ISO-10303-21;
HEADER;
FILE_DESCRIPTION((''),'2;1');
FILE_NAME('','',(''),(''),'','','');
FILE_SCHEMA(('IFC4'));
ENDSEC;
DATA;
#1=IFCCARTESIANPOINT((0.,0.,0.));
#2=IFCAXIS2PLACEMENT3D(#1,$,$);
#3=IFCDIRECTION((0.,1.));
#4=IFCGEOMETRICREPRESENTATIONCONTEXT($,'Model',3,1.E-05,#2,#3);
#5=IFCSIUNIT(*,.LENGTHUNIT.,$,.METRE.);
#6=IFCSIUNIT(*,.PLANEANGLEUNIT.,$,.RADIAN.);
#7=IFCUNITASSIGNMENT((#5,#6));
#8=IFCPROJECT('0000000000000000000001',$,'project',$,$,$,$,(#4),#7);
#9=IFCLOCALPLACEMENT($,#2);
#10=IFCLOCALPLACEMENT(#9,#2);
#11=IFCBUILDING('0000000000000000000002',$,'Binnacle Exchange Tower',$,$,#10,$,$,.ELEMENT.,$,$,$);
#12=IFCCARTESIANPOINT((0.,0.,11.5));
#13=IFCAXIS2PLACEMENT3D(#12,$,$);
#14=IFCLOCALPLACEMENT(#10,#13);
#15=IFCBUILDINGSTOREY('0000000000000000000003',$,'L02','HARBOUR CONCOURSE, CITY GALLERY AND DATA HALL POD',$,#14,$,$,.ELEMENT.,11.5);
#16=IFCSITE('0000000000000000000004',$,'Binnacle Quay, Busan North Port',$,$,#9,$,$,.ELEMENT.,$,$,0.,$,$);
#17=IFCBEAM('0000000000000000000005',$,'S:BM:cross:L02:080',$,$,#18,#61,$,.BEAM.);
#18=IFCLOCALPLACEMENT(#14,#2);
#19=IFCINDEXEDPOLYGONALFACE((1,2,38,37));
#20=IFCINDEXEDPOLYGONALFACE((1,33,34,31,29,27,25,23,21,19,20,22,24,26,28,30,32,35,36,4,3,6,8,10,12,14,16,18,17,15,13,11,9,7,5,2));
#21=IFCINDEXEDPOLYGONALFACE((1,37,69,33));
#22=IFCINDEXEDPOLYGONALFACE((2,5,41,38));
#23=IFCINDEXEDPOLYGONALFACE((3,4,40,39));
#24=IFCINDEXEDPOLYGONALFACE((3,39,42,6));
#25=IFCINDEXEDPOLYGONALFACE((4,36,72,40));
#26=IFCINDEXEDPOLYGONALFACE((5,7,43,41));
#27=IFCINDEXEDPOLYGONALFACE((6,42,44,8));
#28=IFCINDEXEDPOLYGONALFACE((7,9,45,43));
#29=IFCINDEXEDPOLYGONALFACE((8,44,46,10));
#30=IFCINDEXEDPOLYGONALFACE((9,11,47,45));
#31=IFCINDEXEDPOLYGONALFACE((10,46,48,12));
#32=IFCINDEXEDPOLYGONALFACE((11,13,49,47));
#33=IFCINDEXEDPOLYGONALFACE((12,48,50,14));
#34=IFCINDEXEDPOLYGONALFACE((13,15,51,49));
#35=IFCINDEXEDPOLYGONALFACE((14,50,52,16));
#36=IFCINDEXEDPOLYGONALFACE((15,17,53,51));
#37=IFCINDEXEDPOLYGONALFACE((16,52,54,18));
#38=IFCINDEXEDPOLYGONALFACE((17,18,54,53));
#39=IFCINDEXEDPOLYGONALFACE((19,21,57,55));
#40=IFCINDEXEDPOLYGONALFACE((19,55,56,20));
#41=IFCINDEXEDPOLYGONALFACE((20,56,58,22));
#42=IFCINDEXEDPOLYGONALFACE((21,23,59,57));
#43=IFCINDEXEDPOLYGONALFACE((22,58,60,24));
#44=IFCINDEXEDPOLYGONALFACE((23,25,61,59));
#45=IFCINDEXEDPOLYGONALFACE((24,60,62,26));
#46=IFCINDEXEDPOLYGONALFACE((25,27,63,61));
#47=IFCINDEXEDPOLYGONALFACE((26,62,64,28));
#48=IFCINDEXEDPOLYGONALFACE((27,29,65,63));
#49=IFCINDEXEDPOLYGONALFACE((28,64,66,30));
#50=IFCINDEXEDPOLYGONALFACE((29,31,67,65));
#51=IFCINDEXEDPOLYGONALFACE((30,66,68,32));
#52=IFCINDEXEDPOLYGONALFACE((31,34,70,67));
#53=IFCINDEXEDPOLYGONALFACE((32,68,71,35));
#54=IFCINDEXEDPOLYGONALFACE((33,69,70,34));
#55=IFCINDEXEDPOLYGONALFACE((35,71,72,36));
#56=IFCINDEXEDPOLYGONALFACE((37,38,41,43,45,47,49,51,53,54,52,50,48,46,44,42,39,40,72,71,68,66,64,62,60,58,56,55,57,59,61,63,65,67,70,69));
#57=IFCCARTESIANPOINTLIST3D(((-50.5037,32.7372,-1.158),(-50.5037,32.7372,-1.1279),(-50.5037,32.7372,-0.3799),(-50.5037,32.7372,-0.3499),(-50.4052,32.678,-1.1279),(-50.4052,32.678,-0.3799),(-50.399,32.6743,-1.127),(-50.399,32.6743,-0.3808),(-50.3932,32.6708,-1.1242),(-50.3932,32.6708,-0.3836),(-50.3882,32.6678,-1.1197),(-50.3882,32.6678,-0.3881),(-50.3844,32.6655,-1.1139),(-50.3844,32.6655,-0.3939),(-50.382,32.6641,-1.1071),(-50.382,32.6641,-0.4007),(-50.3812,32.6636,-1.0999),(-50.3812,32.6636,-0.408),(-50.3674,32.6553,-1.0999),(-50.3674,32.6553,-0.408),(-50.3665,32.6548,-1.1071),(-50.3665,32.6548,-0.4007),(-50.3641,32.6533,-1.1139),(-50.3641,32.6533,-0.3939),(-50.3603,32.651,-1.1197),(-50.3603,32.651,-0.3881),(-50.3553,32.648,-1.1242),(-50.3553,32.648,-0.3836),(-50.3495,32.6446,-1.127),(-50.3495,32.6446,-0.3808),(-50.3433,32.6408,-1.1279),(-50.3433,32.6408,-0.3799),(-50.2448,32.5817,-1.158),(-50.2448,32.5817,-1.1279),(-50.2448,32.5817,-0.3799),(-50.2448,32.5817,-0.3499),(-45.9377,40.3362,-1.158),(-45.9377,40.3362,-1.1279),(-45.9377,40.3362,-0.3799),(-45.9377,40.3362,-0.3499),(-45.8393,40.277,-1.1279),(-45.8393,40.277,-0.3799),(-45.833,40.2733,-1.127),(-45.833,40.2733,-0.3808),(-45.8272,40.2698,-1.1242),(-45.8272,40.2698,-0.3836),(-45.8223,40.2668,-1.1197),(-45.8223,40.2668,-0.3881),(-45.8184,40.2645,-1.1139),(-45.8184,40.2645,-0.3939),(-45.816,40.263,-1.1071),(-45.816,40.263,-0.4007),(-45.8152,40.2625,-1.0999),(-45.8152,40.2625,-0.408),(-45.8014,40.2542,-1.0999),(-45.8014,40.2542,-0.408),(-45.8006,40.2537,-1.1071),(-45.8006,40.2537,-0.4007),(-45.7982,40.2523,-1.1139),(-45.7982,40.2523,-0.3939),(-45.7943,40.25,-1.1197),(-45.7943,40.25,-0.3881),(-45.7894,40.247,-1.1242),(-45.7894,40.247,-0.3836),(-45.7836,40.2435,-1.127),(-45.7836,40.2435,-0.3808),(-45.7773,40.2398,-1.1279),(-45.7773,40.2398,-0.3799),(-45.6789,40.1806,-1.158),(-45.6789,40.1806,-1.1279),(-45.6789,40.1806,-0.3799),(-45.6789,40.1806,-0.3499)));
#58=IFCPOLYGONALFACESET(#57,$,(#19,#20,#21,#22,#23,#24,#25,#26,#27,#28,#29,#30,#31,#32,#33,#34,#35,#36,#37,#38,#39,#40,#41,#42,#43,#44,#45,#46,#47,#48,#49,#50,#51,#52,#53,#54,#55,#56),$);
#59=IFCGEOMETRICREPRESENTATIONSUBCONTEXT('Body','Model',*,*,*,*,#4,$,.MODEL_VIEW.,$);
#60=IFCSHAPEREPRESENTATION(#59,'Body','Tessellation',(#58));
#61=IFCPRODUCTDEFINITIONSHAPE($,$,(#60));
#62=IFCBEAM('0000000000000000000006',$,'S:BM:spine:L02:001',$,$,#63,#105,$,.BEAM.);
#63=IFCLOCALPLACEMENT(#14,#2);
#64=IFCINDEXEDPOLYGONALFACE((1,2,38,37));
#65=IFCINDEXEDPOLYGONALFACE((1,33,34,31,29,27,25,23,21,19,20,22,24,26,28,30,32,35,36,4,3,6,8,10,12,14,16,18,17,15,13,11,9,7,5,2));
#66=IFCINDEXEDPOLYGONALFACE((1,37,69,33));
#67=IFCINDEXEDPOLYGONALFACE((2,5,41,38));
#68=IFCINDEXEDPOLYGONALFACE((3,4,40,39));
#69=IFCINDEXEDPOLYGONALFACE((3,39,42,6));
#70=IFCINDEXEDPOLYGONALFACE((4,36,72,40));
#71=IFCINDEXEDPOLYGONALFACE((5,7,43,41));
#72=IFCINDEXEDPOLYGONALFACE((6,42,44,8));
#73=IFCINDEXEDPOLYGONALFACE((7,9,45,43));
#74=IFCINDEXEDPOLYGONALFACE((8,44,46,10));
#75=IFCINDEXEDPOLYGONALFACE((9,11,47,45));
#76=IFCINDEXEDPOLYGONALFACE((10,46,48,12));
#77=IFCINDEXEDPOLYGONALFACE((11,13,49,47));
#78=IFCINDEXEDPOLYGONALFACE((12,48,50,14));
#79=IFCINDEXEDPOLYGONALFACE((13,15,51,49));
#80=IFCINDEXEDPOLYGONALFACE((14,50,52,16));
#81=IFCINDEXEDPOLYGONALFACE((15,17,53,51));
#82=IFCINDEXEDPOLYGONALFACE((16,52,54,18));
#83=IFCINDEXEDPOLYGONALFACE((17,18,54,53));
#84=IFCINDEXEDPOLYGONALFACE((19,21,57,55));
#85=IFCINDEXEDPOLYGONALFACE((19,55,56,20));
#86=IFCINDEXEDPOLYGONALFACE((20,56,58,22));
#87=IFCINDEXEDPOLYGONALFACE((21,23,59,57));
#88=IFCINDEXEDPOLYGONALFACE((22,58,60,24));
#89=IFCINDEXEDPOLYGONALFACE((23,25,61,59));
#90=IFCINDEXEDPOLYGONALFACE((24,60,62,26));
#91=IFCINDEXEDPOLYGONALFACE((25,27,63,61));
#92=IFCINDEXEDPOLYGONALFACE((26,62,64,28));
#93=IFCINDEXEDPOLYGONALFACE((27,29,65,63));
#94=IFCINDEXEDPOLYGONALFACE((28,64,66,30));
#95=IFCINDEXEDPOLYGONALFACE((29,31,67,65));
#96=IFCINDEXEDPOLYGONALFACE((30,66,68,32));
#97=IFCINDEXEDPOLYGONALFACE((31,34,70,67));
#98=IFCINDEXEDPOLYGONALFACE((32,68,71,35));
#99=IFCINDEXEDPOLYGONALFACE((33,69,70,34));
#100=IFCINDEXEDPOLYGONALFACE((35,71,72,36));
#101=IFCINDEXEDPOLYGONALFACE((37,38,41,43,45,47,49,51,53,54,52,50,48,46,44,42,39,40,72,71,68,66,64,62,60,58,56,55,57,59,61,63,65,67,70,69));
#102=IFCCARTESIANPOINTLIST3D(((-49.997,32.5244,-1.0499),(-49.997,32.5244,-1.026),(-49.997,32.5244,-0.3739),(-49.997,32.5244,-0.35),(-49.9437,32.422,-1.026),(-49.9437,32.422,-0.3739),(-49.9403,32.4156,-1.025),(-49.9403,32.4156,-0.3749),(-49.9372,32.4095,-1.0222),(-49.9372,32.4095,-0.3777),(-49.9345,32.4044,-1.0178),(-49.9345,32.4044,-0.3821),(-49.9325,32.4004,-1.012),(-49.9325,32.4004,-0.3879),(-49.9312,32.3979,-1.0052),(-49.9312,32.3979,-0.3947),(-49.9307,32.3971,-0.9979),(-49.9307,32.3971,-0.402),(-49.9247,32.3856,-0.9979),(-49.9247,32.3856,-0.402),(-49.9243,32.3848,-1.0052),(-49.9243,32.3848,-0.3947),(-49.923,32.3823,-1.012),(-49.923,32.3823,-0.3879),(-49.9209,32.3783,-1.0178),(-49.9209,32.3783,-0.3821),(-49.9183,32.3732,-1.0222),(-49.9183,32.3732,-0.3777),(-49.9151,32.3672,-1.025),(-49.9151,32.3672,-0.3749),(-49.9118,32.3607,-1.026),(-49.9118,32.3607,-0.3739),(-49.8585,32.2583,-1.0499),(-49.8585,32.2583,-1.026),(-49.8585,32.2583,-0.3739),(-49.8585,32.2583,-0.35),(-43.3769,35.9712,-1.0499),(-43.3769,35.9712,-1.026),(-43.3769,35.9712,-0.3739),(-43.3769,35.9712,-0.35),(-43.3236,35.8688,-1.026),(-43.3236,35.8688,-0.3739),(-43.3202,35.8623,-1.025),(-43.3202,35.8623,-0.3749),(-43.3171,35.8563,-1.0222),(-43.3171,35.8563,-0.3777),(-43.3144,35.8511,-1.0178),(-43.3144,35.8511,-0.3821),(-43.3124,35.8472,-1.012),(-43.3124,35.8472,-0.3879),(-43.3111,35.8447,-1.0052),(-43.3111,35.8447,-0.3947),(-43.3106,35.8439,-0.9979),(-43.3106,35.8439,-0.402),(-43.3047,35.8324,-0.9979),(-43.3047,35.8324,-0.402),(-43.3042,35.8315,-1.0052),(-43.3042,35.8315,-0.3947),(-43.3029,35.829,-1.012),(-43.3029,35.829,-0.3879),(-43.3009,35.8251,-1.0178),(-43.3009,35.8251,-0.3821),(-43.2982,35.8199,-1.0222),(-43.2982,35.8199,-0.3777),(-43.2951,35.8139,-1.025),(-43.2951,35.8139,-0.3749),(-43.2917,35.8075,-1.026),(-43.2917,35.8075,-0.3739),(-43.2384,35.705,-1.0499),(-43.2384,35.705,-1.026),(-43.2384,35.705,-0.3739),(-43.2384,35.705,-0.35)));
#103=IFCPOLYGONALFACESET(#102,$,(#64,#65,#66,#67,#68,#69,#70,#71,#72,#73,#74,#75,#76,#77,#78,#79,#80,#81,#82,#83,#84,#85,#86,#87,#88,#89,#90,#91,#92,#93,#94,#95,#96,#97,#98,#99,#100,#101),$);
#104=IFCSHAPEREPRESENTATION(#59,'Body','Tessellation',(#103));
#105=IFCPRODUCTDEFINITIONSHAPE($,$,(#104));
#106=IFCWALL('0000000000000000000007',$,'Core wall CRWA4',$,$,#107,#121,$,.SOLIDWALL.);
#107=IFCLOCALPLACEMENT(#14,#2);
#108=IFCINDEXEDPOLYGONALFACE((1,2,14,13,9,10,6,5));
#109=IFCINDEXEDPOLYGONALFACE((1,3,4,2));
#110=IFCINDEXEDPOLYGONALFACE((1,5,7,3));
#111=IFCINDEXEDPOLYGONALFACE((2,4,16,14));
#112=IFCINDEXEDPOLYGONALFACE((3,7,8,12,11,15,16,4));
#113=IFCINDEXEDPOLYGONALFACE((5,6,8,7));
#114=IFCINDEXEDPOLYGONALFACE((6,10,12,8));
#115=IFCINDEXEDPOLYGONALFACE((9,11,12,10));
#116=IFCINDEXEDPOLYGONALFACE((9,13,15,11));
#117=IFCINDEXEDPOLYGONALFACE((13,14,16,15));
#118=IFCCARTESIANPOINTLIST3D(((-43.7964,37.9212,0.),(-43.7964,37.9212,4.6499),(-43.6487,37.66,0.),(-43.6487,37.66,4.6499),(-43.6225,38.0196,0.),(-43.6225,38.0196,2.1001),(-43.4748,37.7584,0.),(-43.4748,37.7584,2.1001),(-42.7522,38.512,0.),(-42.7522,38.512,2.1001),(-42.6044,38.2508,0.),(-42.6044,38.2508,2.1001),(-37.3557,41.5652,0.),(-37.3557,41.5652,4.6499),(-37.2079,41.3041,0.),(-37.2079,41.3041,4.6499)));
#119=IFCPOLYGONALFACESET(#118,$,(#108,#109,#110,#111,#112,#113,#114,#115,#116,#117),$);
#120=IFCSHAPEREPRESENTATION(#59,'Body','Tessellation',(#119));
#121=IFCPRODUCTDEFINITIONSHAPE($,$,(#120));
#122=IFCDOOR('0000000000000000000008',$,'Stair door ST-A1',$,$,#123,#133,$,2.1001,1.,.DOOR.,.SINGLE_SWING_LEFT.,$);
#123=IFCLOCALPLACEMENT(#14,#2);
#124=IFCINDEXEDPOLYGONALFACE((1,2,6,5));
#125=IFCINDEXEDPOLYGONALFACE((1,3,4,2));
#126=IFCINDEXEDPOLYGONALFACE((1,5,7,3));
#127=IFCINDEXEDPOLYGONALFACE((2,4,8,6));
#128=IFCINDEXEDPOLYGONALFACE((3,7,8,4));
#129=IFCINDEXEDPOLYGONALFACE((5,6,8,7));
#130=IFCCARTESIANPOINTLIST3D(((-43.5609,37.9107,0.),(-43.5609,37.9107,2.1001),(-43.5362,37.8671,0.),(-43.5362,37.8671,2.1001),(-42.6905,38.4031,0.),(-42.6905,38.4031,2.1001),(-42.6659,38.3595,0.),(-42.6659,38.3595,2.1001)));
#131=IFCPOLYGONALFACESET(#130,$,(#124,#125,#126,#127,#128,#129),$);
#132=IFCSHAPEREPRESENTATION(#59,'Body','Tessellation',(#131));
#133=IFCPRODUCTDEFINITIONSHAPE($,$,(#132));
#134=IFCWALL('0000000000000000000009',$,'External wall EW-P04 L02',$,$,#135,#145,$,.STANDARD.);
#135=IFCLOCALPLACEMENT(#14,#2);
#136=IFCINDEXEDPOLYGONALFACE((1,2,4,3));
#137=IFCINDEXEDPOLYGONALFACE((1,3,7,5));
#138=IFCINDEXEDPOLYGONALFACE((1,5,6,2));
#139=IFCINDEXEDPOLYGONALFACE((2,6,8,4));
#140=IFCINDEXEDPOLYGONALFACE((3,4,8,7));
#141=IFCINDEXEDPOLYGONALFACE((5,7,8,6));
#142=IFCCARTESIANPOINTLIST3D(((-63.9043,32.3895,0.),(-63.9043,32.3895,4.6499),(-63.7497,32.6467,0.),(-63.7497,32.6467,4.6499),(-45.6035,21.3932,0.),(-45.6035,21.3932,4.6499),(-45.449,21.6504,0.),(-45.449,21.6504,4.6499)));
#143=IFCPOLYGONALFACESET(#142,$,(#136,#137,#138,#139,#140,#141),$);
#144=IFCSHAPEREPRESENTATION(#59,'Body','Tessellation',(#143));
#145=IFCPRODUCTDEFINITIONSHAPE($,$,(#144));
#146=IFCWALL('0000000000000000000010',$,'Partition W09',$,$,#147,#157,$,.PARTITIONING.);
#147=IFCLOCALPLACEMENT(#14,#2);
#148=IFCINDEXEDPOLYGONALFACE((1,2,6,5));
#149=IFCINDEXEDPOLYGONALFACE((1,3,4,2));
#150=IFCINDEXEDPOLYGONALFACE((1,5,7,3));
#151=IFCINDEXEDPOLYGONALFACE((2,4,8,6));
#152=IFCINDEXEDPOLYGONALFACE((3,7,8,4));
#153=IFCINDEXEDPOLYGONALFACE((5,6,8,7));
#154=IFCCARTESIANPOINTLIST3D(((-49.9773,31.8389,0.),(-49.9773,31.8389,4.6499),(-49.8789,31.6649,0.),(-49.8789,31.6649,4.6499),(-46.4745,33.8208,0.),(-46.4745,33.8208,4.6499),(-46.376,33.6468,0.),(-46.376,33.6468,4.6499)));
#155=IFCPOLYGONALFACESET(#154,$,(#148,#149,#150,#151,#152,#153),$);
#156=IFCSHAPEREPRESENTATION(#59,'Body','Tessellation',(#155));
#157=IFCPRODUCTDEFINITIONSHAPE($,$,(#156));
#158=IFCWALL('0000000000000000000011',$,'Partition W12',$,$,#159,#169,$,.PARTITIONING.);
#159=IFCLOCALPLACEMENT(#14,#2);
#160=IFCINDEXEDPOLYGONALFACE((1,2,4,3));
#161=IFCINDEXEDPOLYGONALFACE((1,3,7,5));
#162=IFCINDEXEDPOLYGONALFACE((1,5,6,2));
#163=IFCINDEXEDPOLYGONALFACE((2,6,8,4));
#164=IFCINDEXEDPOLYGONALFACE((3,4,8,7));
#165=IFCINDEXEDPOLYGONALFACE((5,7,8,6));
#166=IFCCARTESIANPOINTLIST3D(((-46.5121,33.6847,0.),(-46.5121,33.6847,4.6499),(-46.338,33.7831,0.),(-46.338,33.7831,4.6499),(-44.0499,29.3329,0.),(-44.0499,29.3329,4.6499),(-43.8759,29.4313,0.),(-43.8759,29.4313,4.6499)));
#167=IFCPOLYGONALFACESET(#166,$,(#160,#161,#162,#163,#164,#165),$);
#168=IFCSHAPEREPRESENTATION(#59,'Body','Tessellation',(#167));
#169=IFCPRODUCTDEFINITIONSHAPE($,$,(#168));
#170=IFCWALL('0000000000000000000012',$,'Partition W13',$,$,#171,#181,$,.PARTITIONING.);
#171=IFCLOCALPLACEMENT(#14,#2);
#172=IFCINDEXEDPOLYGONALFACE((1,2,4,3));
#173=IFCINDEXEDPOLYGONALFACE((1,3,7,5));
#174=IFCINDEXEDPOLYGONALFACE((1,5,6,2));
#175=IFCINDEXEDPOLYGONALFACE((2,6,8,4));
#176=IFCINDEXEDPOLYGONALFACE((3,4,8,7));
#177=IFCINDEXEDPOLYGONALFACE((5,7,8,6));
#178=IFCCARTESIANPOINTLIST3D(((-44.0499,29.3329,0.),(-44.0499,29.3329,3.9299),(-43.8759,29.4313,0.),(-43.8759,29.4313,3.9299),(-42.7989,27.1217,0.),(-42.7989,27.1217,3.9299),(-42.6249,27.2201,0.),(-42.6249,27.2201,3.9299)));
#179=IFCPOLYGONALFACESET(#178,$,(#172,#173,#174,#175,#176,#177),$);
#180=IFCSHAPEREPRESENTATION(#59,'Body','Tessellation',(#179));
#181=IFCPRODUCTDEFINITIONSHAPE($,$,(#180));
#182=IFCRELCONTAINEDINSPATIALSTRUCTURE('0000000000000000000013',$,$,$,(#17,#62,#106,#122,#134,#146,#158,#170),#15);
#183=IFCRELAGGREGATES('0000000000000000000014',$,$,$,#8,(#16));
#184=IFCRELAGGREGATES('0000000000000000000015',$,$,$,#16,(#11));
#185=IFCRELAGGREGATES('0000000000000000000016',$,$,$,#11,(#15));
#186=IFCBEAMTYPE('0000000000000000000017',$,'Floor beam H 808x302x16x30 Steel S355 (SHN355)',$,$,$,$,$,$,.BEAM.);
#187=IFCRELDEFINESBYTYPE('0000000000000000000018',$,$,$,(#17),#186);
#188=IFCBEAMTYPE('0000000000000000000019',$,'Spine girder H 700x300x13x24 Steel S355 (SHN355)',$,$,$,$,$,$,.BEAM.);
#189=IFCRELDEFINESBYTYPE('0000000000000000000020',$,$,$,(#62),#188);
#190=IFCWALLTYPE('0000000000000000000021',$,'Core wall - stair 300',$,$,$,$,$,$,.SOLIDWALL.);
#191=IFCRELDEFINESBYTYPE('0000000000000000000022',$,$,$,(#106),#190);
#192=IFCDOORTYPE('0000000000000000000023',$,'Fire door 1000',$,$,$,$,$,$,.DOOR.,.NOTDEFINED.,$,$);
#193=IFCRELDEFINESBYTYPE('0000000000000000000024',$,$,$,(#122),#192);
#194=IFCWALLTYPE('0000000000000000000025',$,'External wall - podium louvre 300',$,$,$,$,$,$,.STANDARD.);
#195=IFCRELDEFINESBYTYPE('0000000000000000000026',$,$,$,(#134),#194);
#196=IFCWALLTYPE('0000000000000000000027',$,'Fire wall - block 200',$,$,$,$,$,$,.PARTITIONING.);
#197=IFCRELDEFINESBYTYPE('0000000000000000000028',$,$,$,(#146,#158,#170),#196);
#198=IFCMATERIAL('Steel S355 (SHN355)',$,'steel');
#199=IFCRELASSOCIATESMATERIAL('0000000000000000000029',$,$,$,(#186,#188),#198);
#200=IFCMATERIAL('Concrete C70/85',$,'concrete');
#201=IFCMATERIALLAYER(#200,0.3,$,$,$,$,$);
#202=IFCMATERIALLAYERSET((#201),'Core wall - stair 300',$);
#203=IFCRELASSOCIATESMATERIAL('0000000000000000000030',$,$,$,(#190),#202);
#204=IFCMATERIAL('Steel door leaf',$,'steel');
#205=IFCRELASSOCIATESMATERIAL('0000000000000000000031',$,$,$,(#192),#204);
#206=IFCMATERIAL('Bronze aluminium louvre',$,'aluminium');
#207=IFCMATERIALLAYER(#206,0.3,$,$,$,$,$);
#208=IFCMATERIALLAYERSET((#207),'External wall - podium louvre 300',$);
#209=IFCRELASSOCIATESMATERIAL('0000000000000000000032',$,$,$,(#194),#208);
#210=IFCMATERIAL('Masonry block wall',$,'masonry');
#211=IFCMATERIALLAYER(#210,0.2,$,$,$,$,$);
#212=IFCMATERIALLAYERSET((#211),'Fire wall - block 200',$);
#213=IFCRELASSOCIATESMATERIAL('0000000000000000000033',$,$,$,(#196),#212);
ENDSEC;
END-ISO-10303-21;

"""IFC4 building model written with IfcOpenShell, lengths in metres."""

from ifc_helpers import new_model, si_unit, direction, frame, frame_2d, origin, origin_2d, place, context, subcontext, project, spatial, rectangle, i_section, extrude, material, layer, layer_set, material_profile, profile_set, type_object, element, fill, save


model = new_model("IFC4")

# Units and contexts
model_context = context("Model", 3, precision=1e-05, world=origin(), true_north=direction((0.0, 1.0)))
body_context = subcontext(model_context, "Body", "Model", "MODEL_VIEW")
ifc_project = project(units=[si_unit("LENGTHUNIT", "METRE"), si_unit("PLANEANGLEUNIT", "RADIAN")], contexts=[model_context])

# Site, building, storey
site_placement = place(None, origin())
site = spatial("IfcSite", under=ifc_project, at=site_placement, Name="Binnacle Quay, Busan North Port", CompositionType="ELEMENT", RefElevation=0.0)
building_placement = place(site_placement, origin())
building = spatial("IfcBuilding", under=site, at=building_placement, Name="Binnacle Exchange Tower", CompositionType="ELEMENT")
storey_placement = place(building_placement, frame((0.0, 0.0, 11.5)))
storey = spatial("IfcBuildingStorey", under=building, at=storey_placement, Name="L02", Description="HARBOUR CONCOURSE, CITY GALLERY AND DATA HALL POD", CompositionType="ELEMENT", Elevation=11.5)

# Shared definitions
ifc_material_1 = material(Name="Concrete C70/85", Category="concrete")

# Beams
ifc_material_2 = material(Name="Steel S355 (SHN355)", Category="steel")
ifc_material_profile_1 = material_profile(ifc_material_2, i_section(OverallWidth=0.302, OverallDepth=0.8081, WebThickness=0.0161, FlangeThickness=0.03, FilletRadius=0.0281, at=origin_2d()), Name="H 808x302x16x30")
ifc_profile_set_1 = profile_set([ifc_material_profile_1], Name="Steel S355 (SHN355)")
beam_type_1 = type_object("IfcBeamType", Name="Floor beam H 808x302x16x30 Steel S355 (SHN355)", PredefinedType="BEAM", material=ifc_profile_set_1)
beam_1_placement = place(storey_placement, frame((-50.3743, 32.6594, -0.7539), z_axis=(0.515042, 0.857165, 0.0), x_axis=(-0.857165, 0.515042, 0.0)))
element("IfcBeam", 1, at=beam_1_placement, inside=storey, type_object=beam_type_1, Name="S:BM:cross:L02:080", PredefinedType="BEAM", context=body_context, shape_type="SweptSolid", body=[
    extrude(i_section(OverallWidth=0.302, OverallDepth=0.8081, WebThickness=0.0161, FlangeThickness=0.03, FilletRadius=0.0281, at=origin_2d()), origin(), (0.0, 0.0, 1.0), 8.8652),
])
ifc_material_profile_2 = material_profile(ifc_material_2, i_section(OverallWidth=0.3, OverallDepth=0.7, WebThickness=0.0129, FlangeThickness=0.0239, FilletRadius=0.0281, at=origin_2d()), Name="H 700x300x13x24")
ifc_profile_set_2 = profile_set([ifc_material_profile_2], Name="Steel S355 (SHN355)")
beam_type_2 = type_object("IfcBeamType", Name="Spine girder H 700x300x13x24 Steel S355 (SHN355)", PredefinedType="BEAM", material=ifc_profile_set_2)
beam_2_placement = place(storey_placement, frame((-49.9277, 32.3914, -0.7), z_axis=(0.88698, 0.461808, 0.0), x_axis=(-0.461808, 0.88698, 0.0)))
element("IfcBeam", 2, at=beam_2_placement, inside=storey, type_object=beam_type_2, Name="S:BM:spine:L02:001", PredefinedType="BEAM", context=body_context, shape_type="SweptSolid", body=[
    extrude(i_section(OverallWidth=0.3, OverallDepth=0.7, WebThickness=0.0129, FlangeThickness=0.0239, FilletRadius=0.0281, at=origin_2d()), origin(), (0.0, 0.0, 1.0), 7.4636),
])

# Wall, opening, door
ifc_layer_1 = layer(ifc_material_1, 0.3)
ifc_layer_set_1 = layer_set([ifc_layer_1], Name="Core wall - stair 300")
wall_type_1 = type_object("IfcWallType", Name="Core wall - stair 300", PredefinedType="SOLIDWALL", material=ifc_layer_set_1)
wall_1_placement = place(storey_placement, frame((-43.7227, 37.7905, 0.0), z_axis=(0.0, 0.0, 1.0), x_axis=(0.870351, 0.492432, 0.0)))
wall_1 = element("IfcWall", 3, at=wall_1_placement, inside=storey, type_object=wall_type_1, Name="Core wall CRWA4", PredefinedType="SOLIDWALL", context=body_context, shape_type="SweptSolid", body=[
    extrude(rectangle(XDim=7.4001, YDim=0.3, at=frame_2d((3.7002, 0.0))), origin(), (0.0, 0.0, 1.0), 4.6499),
])
opening_1_placement = place(wall_1_placement, frame((0.2, 0.0, 0.0)))
opening_1 = element("IfcOpeningElement", 4, at=opening_1_placement, cuts=wall_1, PredefinedType="OPENING", context=body_context, shape_type="SweptSolid", body=[
    extrude(rectangle(XDim=1.0, YDim=2.1001, at=frame_2d((0.5, 1.05))), frame((0.0, 0.1599, 0.0), z_axis=(0.0, -1.0, 0.0), x_axis=(1.0, 0.0, 0.0)), (0.0, 0.0, 1.0), 0.3201),
])
ifc_material_3 = material(Name="Steel door leaf", Category="steel")
door_type_1 = type_object("IfcDoorType", Name="Fire door 1000", OperationType="NOTDEFINED", PredefinedType="DOOR", material=ifc_material_3)
door_1_placement = place(opening_1_placement, origin())
door_1 = element("IfcDoor", 5, at=door_1_placement, inside=storey, type_object=door_type_1, Name="Stair door ST-A1", OperationType="SINGLE_SWING_LEFT", OverallHeight=2.1001, OverallWidth=1.0, PredefinedType="DOOR", context=body_context, shape_type="SweptSolid", body=[
    extrude(rectangle(XDim=1.0, YDim=2.1001, at=frame_2d((0.5, 1.05))), frame((0.0, 0.0249, 0.0), z_axis=(0.0, -1.0, 0.0), x_axis=(1.0, 0.0, 0.0)), (0.0, 0.0, 1.0), 0.05),
])
fill(opening_1, door_1)

# Walls
ifc_material_4 = material(Name="Bronze aluminium louvre", Category="aluminium")
ifc_layer_2 = layer(ifc_material_4, 0.3)
ifc_layer_set_2 = layer_set([ifc_layer_2], Name="External wall - podium louvre 300")
wall_type_2 = type_object("IfcWallType", Name="External wall - podium louvre 300", PredefinedType="STANDARD", material=ifc_layer_set_2)
wall_2_placement = place(storey_placement, frame((-45.5261, 21.5217, 0.0), z_axis=(0.0, 0.0, 1.0), x_axis=(-0.857165, 0.515042, 0.0)))
element("IfcWall", 6, at=wall_2_placement, inside=storey, type_object=wall_type_2, Name="External wall EW-P04 L02", PredefinedType="STANDARD", context=body_context, shape_type="SweptSolid", body=[
    extrude(rectangle(XDim=21.3503, YDim=0.3, at=frame_2d((10.6753, 0.0))), origin(), (0.0, 0.0, 1.0), 4.6499),
])
ifc_material_5 = material(Name="Masonry block wall", Category="masonry")
ifc_layer_3 = layer(ifc_material_5, 0.2)
ifc_layer_set_3 = layer_set([ifc_layer_3], Name="Fire wall - block 200")
wall_type_3 = type_object("IfcWallType", Name="Fire wall - block 200", PredefinedType="PARTITIONING", material=ifc_layer_set_3)
wall_3_placement = place(storey_placement, frame((-49.928, 31.752, 0.0), z_axis=(0.0, 0.0, 1.0), x_axis=(0.870348, 0.492437, 0.0)))
element("IfcWall", 7, at=wall_3_placement, inside=storey, type_object=wall_type_3, Name="Partition W09", PredefinedType="PARTITIONING", context=body_context, shape_type="SweptSolid", body=[
    extrude(rectangle(XDim=4.0247, YDim=0.2, at=frame_2d((2.0122, 0.0))), origin(), (0.0, 0.0, 1.0), 4.6499),
])
wall_4_placement = place(storey_placement, frame((-46.425, 33.7339, 0.0), z_axis=(0.0, 0.0, 1.0), x_axis=(0.492427, -0.870354, 0.0)))
element("IfcWall", 8, at=wall_4_placement, inside=storey, type_object=wall_type_3, Name="Partition W12", PredefinedType="PARTITIONING", context=body_context, shape_type="SweptSolid", body=[
    extrude(rectangle(XDim=5.0, YDim=0.2, at=frame_2d((2.5, 0.0))), origin(), (0.0, 0.0, 1.0), 4.6499),
])
wall_5_placement = place(storey_placement, frame((-43.9629, 29.3821, 0.0), z_axis=(0.0, 0.0, 1.0), x_axis=(0.492409, -0.870364, 0.0)))
element("IfcWall", 9, at=wall_5_placement, inside=storey, type_object=wall_type_3, Name="Partition W13", PredefinedType="PARTITIONING", context=body_context, shape_type="SweptSolid", body=[
    extrude(rectangle(XDim=2.5405, YDim=0.2, at=frame_2d((1.2703, 0.0))), origin(), (0.0, 0.0, 1.0), 3.9299),
])

save(model, "model.ifc")
